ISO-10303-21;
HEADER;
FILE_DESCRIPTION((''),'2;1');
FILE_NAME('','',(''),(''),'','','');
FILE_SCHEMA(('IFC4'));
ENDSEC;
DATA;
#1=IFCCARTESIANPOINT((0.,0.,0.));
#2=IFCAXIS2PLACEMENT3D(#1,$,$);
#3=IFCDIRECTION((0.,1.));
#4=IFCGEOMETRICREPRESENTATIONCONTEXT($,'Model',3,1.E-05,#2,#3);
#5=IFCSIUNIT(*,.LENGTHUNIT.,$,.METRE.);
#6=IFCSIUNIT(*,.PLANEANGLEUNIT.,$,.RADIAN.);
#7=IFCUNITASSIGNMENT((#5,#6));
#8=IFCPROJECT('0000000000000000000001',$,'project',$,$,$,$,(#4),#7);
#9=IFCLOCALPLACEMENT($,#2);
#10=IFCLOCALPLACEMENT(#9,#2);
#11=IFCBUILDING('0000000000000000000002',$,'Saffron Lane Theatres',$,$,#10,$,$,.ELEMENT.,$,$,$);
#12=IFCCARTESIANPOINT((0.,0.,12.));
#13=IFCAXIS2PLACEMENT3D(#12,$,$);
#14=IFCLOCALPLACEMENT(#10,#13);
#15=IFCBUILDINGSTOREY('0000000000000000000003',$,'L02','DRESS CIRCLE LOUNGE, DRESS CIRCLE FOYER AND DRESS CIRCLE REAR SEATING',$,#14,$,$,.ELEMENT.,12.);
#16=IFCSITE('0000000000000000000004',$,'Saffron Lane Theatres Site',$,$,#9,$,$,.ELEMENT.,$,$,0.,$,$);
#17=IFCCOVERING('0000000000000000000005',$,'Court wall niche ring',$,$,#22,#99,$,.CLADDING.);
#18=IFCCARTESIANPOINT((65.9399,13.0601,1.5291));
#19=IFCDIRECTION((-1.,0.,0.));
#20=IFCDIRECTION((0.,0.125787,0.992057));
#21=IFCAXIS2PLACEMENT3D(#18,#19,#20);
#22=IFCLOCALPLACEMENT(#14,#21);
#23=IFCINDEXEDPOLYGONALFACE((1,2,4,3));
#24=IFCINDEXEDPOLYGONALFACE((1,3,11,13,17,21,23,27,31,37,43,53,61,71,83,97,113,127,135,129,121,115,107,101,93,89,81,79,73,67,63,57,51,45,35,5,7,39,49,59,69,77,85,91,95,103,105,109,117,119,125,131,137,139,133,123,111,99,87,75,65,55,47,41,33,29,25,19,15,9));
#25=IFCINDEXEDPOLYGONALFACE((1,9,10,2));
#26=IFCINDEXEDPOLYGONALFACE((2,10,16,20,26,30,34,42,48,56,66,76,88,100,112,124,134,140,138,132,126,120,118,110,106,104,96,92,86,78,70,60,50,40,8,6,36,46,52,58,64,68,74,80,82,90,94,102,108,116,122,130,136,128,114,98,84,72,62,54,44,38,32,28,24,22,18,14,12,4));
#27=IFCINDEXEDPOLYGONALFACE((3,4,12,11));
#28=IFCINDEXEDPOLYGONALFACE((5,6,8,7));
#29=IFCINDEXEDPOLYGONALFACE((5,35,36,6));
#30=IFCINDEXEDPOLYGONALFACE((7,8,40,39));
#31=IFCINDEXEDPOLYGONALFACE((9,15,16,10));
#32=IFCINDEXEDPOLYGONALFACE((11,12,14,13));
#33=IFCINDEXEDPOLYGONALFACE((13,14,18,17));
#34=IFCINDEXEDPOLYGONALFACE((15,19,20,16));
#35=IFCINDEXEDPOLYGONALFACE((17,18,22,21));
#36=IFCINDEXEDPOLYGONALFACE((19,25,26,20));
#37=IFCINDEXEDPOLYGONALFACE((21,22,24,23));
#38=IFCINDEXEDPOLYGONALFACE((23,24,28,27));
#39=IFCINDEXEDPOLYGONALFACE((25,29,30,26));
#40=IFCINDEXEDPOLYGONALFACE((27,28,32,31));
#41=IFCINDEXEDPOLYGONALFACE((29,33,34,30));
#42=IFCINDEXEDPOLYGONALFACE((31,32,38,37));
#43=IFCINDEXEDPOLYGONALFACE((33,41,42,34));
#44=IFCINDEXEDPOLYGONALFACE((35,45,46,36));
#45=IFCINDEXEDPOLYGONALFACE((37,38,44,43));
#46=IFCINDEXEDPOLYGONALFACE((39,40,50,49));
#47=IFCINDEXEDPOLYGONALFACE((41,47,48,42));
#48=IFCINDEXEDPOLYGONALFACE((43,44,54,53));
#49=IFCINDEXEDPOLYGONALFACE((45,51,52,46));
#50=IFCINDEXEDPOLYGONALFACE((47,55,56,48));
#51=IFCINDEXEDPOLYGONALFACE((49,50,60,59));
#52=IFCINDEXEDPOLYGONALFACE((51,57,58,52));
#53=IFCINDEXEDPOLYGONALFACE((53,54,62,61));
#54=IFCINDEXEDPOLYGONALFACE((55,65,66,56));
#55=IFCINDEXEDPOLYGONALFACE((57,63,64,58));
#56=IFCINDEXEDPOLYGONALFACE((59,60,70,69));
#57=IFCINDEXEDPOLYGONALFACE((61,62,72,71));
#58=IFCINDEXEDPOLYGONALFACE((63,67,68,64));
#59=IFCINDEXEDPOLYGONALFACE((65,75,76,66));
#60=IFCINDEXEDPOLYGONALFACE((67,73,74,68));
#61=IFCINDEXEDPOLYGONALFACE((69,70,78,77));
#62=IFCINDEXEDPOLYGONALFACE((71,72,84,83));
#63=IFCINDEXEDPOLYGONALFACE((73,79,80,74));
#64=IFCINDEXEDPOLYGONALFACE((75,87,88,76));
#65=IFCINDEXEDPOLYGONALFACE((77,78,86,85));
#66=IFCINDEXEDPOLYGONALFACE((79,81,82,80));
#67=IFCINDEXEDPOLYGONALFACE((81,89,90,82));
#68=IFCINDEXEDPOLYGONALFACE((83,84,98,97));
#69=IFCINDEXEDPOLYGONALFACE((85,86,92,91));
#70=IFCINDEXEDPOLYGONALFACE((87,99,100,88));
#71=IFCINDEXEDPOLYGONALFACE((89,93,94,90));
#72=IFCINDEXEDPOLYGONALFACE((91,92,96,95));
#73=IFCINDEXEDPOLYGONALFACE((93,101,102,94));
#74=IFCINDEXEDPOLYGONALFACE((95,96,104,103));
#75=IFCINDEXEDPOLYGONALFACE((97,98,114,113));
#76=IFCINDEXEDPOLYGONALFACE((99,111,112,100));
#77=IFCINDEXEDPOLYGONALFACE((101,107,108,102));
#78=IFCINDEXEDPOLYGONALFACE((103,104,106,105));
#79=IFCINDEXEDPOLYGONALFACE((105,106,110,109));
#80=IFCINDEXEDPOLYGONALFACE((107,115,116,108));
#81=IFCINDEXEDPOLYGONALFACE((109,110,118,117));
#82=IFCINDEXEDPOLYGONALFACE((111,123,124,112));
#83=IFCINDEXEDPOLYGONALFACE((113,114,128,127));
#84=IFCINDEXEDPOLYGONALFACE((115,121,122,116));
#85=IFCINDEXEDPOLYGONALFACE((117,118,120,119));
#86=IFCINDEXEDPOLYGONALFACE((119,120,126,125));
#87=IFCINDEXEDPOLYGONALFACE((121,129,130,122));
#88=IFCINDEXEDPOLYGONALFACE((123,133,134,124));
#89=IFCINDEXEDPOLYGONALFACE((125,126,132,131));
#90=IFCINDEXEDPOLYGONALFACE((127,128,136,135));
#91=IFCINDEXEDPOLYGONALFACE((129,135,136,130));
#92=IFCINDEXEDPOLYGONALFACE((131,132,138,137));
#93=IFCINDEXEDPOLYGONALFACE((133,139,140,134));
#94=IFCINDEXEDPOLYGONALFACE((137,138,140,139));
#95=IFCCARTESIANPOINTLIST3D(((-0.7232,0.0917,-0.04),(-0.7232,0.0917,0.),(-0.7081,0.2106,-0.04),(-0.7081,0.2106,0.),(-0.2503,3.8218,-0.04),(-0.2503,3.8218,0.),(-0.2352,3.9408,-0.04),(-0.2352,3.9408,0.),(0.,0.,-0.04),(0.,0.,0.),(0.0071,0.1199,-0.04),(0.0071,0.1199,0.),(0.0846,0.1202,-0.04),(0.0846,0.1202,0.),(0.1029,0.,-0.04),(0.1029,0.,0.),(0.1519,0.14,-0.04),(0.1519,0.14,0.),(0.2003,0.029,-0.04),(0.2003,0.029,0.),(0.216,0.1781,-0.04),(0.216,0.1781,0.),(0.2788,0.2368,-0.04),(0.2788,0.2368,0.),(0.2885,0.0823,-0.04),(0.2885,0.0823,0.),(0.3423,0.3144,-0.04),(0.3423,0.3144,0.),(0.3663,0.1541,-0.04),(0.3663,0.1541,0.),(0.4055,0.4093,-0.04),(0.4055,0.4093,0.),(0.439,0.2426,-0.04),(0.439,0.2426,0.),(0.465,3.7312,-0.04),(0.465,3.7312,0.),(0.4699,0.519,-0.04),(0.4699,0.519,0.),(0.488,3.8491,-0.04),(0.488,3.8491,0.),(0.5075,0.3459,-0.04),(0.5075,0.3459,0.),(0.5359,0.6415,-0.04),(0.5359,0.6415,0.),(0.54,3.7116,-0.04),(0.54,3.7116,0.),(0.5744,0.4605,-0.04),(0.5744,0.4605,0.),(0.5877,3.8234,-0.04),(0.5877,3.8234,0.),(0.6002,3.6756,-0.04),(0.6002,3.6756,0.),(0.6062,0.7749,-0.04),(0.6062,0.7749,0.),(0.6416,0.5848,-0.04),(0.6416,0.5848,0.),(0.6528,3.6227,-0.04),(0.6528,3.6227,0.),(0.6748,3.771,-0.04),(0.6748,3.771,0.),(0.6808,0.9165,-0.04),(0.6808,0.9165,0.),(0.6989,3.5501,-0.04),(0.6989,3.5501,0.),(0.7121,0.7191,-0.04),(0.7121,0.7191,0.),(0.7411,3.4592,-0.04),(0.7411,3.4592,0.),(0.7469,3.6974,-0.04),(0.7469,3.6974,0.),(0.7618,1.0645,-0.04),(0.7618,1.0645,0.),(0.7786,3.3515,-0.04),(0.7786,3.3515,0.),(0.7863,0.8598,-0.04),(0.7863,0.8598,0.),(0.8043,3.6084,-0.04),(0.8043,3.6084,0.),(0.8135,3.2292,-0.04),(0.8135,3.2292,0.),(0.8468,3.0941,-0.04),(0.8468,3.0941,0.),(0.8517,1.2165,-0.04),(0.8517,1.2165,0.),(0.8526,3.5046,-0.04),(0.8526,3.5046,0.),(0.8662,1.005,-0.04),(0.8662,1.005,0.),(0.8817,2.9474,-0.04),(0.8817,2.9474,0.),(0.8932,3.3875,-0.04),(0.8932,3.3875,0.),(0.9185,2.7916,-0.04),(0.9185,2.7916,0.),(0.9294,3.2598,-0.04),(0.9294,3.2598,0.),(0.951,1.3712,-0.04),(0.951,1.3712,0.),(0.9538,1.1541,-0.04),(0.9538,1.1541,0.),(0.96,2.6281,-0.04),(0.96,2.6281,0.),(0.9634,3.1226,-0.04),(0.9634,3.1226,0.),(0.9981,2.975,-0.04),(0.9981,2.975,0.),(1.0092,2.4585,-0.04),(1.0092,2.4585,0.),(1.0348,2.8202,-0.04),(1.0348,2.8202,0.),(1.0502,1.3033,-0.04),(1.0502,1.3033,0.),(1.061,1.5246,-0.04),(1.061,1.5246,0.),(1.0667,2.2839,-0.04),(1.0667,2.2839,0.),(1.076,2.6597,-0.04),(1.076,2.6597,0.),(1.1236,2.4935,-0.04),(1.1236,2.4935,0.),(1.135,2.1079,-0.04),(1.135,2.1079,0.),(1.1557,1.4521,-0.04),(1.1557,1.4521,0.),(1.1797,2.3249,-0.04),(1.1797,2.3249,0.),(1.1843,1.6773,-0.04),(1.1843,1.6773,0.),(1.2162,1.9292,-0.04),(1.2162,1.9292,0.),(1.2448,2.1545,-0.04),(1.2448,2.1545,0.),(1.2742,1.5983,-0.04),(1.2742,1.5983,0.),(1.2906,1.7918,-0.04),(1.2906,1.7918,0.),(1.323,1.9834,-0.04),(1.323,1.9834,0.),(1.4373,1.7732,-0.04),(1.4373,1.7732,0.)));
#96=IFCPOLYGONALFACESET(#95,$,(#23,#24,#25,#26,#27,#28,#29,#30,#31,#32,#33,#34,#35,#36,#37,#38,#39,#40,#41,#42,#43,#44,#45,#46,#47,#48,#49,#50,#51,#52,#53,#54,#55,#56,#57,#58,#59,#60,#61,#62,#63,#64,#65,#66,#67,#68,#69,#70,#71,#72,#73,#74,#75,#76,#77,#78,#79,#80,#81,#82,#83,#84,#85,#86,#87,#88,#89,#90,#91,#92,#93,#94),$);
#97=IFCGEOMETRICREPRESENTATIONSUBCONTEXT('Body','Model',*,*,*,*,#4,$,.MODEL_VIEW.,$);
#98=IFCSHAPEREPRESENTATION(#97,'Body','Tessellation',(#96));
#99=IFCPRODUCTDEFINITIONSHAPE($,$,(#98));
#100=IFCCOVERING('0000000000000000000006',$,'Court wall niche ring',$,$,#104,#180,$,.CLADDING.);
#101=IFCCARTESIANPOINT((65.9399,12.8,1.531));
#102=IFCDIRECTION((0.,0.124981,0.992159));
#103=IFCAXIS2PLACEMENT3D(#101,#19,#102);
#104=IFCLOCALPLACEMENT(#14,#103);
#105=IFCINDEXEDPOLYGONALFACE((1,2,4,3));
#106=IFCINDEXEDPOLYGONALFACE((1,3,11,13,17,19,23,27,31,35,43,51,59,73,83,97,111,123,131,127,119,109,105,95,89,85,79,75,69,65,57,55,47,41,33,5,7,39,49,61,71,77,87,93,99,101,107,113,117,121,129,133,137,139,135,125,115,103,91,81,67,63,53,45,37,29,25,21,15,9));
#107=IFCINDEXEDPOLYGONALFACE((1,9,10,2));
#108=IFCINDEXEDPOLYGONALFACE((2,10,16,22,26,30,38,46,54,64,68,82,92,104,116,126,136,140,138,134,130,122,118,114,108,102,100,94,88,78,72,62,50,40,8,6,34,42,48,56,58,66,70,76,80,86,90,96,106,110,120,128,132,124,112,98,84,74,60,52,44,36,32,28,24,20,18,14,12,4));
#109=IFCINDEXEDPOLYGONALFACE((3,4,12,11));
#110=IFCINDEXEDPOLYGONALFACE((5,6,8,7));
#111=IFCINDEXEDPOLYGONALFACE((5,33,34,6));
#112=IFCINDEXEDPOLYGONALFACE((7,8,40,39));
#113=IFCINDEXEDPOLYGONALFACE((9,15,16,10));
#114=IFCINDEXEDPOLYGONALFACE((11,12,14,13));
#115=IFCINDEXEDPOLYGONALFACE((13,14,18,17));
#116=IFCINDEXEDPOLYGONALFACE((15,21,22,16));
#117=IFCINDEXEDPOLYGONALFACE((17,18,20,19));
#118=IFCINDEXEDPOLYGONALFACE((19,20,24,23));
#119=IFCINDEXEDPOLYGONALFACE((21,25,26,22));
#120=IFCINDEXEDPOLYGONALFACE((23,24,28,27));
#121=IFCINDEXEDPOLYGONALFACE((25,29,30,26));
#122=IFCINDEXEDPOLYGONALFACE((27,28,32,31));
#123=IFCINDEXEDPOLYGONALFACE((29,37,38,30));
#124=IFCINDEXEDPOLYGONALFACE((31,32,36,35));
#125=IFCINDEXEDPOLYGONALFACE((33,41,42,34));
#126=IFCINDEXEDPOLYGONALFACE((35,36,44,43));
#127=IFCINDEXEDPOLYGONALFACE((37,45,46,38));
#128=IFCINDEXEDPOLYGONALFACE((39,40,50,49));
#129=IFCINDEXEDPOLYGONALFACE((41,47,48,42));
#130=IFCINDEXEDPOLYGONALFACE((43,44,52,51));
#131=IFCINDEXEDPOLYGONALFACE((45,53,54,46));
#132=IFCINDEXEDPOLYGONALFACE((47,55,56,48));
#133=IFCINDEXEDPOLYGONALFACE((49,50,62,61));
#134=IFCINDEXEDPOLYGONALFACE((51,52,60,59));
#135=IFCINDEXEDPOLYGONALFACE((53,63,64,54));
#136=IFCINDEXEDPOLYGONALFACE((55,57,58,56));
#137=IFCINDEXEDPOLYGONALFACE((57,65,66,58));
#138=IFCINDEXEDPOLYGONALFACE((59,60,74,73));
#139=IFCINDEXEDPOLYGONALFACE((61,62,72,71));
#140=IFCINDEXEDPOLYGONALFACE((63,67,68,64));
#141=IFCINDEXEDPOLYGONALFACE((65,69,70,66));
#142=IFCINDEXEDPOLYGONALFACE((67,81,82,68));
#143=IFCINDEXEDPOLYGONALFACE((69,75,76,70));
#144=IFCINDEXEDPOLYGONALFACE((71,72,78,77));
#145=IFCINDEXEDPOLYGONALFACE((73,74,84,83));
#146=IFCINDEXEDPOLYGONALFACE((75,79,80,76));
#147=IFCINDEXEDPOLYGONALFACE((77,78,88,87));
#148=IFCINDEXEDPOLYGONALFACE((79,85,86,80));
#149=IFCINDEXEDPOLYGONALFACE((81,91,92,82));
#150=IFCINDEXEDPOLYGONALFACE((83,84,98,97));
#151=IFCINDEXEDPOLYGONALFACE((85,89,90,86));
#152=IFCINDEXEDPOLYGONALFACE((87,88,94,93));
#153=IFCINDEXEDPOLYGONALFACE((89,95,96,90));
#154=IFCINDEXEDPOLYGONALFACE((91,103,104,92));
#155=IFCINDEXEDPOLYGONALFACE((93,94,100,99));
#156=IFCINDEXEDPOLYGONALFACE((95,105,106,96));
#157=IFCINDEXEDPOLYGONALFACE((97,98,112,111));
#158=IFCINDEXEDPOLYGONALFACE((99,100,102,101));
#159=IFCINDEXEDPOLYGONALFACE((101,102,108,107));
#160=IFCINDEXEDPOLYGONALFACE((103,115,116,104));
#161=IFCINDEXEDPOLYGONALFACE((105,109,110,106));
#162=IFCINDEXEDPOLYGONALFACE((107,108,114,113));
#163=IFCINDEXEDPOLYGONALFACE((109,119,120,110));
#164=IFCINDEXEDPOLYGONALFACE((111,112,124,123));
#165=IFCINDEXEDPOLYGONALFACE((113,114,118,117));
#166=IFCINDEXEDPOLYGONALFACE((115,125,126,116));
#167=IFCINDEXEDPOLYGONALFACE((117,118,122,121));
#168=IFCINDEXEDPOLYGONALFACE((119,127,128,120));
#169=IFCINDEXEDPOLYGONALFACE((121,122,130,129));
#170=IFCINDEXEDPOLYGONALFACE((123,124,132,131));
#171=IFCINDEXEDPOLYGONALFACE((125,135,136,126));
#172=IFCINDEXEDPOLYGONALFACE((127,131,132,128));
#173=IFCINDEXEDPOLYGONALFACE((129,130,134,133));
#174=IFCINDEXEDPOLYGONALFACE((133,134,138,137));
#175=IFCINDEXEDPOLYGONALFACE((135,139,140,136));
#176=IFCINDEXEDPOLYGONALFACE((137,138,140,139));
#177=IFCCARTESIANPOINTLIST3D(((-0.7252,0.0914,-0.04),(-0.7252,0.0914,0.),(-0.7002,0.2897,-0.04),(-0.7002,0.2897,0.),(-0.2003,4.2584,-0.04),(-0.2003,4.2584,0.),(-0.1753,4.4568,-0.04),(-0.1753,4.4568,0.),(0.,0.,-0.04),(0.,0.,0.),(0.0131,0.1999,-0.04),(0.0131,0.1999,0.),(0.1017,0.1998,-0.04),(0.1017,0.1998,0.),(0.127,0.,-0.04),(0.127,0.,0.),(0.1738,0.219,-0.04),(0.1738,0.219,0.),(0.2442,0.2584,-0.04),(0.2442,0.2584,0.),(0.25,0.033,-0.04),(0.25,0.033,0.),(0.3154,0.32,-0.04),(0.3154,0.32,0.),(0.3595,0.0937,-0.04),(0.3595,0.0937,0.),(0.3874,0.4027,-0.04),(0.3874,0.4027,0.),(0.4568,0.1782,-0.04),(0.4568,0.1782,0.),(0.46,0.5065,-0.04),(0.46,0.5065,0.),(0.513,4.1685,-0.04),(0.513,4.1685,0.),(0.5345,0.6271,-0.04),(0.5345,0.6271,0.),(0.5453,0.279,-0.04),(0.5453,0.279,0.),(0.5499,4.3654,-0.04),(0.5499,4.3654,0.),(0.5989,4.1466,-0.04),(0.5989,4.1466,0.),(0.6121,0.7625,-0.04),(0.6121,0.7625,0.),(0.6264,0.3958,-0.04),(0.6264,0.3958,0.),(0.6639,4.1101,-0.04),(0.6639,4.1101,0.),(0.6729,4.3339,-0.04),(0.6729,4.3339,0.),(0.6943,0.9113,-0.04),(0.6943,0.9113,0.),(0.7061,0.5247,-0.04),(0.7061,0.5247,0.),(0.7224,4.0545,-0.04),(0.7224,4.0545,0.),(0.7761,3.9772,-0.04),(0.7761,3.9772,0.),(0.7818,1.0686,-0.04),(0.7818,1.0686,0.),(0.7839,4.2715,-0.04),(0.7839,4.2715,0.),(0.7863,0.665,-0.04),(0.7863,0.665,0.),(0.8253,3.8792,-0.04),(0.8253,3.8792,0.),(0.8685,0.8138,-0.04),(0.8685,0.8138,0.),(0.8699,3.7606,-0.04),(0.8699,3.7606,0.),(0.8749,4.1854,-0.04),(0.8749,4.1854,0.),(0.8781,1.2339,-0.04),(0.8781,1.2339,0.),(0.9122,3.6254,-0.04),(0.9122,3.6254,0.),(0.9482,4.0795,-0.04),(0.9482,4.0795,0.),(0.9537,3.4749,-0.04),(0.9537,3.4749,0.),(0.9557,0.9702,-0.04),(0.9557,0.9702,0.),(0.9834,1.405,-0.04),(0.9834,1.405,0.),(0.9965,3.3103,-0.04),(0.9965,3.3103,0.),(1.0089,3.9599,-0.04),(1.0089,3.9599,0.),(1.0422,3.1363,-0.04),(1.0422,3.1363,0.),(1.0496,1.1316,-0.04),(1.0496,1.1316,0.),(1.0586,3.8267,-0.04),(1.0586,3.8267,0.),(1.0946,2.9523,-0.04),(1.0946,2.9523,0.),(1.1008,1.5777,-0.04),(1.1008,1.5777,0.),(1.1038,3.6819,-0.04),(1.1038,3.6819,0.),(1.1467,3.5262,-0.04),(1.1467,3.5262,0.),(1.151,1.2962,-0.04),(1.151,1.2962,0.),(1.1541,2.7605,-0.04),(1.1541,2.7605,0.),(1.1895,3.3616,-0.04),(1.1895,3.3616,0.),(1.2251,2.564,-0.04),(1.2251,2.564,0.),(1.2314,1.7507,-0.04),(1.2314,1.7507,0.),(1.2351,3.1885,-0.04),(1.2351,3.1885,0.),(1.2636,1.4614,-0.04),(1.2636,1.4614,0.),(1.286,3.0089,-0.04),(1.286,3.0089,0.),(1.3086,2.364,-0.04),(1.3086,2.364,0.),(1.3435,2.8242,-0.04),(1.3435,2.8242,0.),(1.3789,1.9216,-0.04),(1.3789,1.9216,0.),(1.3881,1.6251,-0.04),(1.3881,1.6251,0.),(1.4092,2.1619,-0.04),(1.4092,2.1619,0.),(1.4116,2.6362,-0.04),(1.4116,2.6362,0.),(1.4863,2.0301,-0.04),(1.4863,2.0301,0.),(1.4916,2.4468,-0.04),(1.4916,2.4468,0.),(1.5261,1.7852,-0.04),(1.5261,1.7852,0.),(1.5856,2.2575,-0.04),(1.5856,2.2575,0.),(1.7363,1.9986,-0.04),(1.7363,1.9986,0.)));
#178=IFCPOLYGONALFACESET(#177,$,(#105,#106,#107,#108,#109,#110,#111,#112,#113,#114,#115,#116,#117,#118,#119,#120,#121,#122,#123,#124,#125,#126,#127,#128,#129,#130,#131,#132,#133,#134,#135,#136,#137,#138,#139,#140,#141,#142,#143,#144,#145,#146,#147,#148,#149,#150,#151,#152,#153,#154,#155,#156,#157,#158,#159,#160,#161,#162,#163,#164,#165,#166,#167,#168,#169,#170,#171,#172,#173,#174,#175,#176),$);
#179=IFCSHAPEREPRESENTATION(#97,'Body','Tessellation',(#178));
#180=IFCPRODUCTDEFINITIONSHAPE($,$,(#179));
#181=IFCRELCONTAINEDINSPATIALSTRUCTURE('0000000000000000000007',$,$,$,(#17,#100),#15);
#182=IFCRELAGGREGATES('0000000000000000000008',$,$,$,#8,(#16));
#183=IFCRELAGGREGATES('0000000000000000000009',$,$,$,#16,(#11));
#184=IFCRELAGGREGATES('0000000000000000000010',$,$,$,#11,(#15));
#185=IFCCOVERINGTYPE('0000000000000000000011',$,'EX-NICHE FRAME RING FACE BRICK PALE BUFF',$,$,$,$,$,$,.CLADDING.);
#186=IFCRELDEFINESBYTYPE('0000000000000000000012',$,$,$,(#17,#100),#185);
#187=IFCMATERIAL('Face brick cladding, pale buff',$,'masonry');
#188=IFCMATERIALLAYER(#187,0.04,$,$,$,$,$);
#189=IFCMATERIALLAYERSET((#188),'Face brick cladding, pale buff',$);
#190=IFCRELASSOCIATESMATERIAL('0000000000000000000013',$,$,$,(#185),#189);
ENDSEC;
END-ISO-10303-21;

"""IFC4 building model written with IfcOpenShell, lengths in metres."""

from ifc_helpers import new_model, si_unit, direction, frame, origin, place, context, subcontext, project, spatial, polyline, outline, extrude, material, layer, layer_set, type_object, element, save


model = new_model("IFC4")

# Units and contexts
model_context = context("Model", 3, precision=1e-05, world=origin(), true_north=direction((0.0, 1.0)))
body_context = subcontext(model_context, "Body", "Model", "MODEL_VIEW")
ifc_project = project(units=[si_unit("LENGTHUNIT", "METRE"), si_unit("PLANEANGLEUNIT", "RADIAN")], contexts=[model_context])

# Site, building, storey
site_placement = place(None, origin())
site = spatial("IfcSite", under=ifc_project, at=site_placement, Name="Saffron Lane Theatres Site", CompositionType="ELEMENT", RefElevation=0.0)
building_placement = place(site_placement, origin())
building = spatial("IfcBuilding", under=site, at=building_placement, Name="Saffron Lane Theatres", CompositionType="ELEMENT")
storey_placement = place(building_placement, frame((0.0, 0.0, 12.0)))
storey = spatial("IfcBuildingStorey", under=building, at=storey_placement, Name="L02", Description="DRESS CIRCLE LOUNGE, DRESS CIRCLE FOYER AND DRESS CIRCLE REAR SEATING", CompositionType="ELEMENT", Elevation=12.0)

# Coverings
ifc_material_1 = material(Name="Face brick cladding, pale buff", Category="masonry")
ifc_layer_1 = layer(ifc_material_1, 0.04)
ifc_layer_set_1 = layer_set([ifc_layer_1], Name="Face brick cladding, pale buff")
covering_type_1 = type_object("IfcCoveringType", Name="EX-NICHE FRAME RING FACE BRICK PALE BUFF", PredefinedType="CLADDING", material=ifc_layer_set_1)
covering_1_placement = place(storey_placement, frame((65.9399, 13.0601, 1.5291), z_axis=(-1.0, 0.0, 0.0), x_axis=(0.0, 0.125787, 0.992057)))
element("IfcCovering", 1, at=covering_1_placement, inside=storey, type_object=covering_type_1, Name="Court wall niche ring", PredefinedType="CLADDING", context=body_context, shape_type="SweptSolid", body=[
    extrude(outline(polyline([(0.0, 0.0), (0.1029, 0.0), (0.2003, 0.029), (0.2885, 0.0823), (0.3663, 0.1541), (0.439, 0.2426), (0.5075, 0.3459), (0.5744, 0.4605), (0.6416, 0.5848), (0.7121, 0.7191), (0.7863, 0.8598), (0.8662, 1.005), (0.9538, 1.1541), (1.0502, 1.3033), (1.1557, 1.4521), (1.2742, 1.5983), (1.4373, 1.7732), (1.323, 1.9834), (1.2448, 2.1545), (1.1797, 2.3249), (1.1236, 2.4935), (1.076, 2.6597), (1.0348, 2.8202), (0.9981, 2.975), (0.9634, 3.1226), (0.9294, 3.2598), (0.8932, 3.3875), (0.8526, 3.5046), (0.8043, 3.6084), (0.7469, 3.6974), (0.6748, 3.771), (0.5877, 3.8234), (0.488, 3.8491), (-0.2352, 3.9408), (-0.2503, 3.8218), (0.465, 3.7312), (0.54, 3.7116), (0.6002, 3.6756), (0.6528, 3.6227), (0.6989, 3.5501), (0.7411, 3.4592), (0.7786, 3.3515), (0.8135, 3.2292), (0.8468, 3.0941), (0.8817, 2.9474), (0.9185, 2.7916), (0.96, 2.6281), (1.0092, 2.4585), (1.0667, 2.2839), (1.135, 2.1079), (1.2162, 1.9292), (1.2906, 1.7918), (1.1843, 1.6773), (1.061, 1.5246), (0.951, 1.3712), (0.8517, 1.2165), (0.7618, 1.0645), (0.6808, 0.9165), (0.6062, 0.7749), (0.5359, 0.6415), (0.4699, 0.519), (0.4055, 0.4093), (0.3423, 0.3144), (0.2788, 0.2368), (0.216, 0.1781), (0.1519, 0.14), (0.0846, 0.1202), (0.0071, 0.1199), (-0.7081, 0.2106), (-0.7232, 0.0917), (0.0, 0.0)])), origin(), (0.0, 0.0, -1.0), 0.04),
])
covering_2_placement = place(storey_placement, frame((65.9399, 12.8, 1.531), z_axis=(-1.0, 0.0, 0.0), x_axis=(0.0, 0.124981, 0.992159)))
element("IfcCovering", 2, at=covering_2_placement, inside=storey, type_object=covering_type_1, Name="Court wall niche ring", PredefinedType="CLADDING", context=body_context, shape_type="SweptSolid", body=[
    extrude(outline(polyline([(0.0, 0.0), (0.127, 0.0), (0.25, 0.033), (0.3595, 0.0937), (0.4568, 0.1782), (0.5453, 0.279), (0.6264, 0.3958), (0.7061, 0.5247), (0.7863, 0.665), (0.8685, 0.8138), (0.9557, 0.9702), (1.0496, 1.1316), (1.151, 1.2962), (1.2636, 1.4614), (1.3881, 1.6251), (1.5261, 1.7852), (1.7363, 1.9986), (1.5856, 2.2575), (1.4916, 2.4468), (1.4116, 2.6362), (1.3435, 2.8242), (1.286, 3.0089), (1.2351, 3.1885), (1.1895, 3.3616), (1.1467, 3.5262), (1.1038, 3.6819), (1.0586, 3.8267), (1.0089, 3.9599), (0.9482, 4.0795), (0.8749, 4.1854), (0.7839, 4.2715), (0.6729, 4.3339), (0.5499, 4.3654), (-0.1753, 4.4568), (-0.2003, 4.2584), (0.513, 4.1685), (0.5989, 4.1466), (0.6639, 4.1101), (0.7224, 4.0545), (0.7761, 3.9772), (0.8253, 3.8792), (0.8699, 3.7606), (0.9122, 3.6254), (0.9537, 3.4749), (0.9965, 3.3103), (1.0422, 3.1363), (1.0946, 2.9523), (1.1541, 2.7605), (1.2251, 2.564), (1.3086, 2.364), (1.4092, 2.1619), (1.4863, 2.0301), (1.3789, 1.9216), (1.2314, 1.7507), (1.1008, 1.5777), (0.9834, 1.405), (0.8781, 1.2339), (0.7818, 1.0686), (0.6943, 0.9113), (0.6121, 0.7625), (0.5345, 0.6271), (0.46, 0.5065), (0.3874, 0.4027), (0.3154, 0.32), (0.2442, 0.2584), (0.1738, 0.219), (0.1017, 0.1998), (0.0131, 0.1999), (-0.7002, 0.2897), (-0.7252, 0.0914), (0.0, 0.0)])), origin(), (0.0, 0.0, -1.0), 0.04),
])

save(model, "model.ifc")
